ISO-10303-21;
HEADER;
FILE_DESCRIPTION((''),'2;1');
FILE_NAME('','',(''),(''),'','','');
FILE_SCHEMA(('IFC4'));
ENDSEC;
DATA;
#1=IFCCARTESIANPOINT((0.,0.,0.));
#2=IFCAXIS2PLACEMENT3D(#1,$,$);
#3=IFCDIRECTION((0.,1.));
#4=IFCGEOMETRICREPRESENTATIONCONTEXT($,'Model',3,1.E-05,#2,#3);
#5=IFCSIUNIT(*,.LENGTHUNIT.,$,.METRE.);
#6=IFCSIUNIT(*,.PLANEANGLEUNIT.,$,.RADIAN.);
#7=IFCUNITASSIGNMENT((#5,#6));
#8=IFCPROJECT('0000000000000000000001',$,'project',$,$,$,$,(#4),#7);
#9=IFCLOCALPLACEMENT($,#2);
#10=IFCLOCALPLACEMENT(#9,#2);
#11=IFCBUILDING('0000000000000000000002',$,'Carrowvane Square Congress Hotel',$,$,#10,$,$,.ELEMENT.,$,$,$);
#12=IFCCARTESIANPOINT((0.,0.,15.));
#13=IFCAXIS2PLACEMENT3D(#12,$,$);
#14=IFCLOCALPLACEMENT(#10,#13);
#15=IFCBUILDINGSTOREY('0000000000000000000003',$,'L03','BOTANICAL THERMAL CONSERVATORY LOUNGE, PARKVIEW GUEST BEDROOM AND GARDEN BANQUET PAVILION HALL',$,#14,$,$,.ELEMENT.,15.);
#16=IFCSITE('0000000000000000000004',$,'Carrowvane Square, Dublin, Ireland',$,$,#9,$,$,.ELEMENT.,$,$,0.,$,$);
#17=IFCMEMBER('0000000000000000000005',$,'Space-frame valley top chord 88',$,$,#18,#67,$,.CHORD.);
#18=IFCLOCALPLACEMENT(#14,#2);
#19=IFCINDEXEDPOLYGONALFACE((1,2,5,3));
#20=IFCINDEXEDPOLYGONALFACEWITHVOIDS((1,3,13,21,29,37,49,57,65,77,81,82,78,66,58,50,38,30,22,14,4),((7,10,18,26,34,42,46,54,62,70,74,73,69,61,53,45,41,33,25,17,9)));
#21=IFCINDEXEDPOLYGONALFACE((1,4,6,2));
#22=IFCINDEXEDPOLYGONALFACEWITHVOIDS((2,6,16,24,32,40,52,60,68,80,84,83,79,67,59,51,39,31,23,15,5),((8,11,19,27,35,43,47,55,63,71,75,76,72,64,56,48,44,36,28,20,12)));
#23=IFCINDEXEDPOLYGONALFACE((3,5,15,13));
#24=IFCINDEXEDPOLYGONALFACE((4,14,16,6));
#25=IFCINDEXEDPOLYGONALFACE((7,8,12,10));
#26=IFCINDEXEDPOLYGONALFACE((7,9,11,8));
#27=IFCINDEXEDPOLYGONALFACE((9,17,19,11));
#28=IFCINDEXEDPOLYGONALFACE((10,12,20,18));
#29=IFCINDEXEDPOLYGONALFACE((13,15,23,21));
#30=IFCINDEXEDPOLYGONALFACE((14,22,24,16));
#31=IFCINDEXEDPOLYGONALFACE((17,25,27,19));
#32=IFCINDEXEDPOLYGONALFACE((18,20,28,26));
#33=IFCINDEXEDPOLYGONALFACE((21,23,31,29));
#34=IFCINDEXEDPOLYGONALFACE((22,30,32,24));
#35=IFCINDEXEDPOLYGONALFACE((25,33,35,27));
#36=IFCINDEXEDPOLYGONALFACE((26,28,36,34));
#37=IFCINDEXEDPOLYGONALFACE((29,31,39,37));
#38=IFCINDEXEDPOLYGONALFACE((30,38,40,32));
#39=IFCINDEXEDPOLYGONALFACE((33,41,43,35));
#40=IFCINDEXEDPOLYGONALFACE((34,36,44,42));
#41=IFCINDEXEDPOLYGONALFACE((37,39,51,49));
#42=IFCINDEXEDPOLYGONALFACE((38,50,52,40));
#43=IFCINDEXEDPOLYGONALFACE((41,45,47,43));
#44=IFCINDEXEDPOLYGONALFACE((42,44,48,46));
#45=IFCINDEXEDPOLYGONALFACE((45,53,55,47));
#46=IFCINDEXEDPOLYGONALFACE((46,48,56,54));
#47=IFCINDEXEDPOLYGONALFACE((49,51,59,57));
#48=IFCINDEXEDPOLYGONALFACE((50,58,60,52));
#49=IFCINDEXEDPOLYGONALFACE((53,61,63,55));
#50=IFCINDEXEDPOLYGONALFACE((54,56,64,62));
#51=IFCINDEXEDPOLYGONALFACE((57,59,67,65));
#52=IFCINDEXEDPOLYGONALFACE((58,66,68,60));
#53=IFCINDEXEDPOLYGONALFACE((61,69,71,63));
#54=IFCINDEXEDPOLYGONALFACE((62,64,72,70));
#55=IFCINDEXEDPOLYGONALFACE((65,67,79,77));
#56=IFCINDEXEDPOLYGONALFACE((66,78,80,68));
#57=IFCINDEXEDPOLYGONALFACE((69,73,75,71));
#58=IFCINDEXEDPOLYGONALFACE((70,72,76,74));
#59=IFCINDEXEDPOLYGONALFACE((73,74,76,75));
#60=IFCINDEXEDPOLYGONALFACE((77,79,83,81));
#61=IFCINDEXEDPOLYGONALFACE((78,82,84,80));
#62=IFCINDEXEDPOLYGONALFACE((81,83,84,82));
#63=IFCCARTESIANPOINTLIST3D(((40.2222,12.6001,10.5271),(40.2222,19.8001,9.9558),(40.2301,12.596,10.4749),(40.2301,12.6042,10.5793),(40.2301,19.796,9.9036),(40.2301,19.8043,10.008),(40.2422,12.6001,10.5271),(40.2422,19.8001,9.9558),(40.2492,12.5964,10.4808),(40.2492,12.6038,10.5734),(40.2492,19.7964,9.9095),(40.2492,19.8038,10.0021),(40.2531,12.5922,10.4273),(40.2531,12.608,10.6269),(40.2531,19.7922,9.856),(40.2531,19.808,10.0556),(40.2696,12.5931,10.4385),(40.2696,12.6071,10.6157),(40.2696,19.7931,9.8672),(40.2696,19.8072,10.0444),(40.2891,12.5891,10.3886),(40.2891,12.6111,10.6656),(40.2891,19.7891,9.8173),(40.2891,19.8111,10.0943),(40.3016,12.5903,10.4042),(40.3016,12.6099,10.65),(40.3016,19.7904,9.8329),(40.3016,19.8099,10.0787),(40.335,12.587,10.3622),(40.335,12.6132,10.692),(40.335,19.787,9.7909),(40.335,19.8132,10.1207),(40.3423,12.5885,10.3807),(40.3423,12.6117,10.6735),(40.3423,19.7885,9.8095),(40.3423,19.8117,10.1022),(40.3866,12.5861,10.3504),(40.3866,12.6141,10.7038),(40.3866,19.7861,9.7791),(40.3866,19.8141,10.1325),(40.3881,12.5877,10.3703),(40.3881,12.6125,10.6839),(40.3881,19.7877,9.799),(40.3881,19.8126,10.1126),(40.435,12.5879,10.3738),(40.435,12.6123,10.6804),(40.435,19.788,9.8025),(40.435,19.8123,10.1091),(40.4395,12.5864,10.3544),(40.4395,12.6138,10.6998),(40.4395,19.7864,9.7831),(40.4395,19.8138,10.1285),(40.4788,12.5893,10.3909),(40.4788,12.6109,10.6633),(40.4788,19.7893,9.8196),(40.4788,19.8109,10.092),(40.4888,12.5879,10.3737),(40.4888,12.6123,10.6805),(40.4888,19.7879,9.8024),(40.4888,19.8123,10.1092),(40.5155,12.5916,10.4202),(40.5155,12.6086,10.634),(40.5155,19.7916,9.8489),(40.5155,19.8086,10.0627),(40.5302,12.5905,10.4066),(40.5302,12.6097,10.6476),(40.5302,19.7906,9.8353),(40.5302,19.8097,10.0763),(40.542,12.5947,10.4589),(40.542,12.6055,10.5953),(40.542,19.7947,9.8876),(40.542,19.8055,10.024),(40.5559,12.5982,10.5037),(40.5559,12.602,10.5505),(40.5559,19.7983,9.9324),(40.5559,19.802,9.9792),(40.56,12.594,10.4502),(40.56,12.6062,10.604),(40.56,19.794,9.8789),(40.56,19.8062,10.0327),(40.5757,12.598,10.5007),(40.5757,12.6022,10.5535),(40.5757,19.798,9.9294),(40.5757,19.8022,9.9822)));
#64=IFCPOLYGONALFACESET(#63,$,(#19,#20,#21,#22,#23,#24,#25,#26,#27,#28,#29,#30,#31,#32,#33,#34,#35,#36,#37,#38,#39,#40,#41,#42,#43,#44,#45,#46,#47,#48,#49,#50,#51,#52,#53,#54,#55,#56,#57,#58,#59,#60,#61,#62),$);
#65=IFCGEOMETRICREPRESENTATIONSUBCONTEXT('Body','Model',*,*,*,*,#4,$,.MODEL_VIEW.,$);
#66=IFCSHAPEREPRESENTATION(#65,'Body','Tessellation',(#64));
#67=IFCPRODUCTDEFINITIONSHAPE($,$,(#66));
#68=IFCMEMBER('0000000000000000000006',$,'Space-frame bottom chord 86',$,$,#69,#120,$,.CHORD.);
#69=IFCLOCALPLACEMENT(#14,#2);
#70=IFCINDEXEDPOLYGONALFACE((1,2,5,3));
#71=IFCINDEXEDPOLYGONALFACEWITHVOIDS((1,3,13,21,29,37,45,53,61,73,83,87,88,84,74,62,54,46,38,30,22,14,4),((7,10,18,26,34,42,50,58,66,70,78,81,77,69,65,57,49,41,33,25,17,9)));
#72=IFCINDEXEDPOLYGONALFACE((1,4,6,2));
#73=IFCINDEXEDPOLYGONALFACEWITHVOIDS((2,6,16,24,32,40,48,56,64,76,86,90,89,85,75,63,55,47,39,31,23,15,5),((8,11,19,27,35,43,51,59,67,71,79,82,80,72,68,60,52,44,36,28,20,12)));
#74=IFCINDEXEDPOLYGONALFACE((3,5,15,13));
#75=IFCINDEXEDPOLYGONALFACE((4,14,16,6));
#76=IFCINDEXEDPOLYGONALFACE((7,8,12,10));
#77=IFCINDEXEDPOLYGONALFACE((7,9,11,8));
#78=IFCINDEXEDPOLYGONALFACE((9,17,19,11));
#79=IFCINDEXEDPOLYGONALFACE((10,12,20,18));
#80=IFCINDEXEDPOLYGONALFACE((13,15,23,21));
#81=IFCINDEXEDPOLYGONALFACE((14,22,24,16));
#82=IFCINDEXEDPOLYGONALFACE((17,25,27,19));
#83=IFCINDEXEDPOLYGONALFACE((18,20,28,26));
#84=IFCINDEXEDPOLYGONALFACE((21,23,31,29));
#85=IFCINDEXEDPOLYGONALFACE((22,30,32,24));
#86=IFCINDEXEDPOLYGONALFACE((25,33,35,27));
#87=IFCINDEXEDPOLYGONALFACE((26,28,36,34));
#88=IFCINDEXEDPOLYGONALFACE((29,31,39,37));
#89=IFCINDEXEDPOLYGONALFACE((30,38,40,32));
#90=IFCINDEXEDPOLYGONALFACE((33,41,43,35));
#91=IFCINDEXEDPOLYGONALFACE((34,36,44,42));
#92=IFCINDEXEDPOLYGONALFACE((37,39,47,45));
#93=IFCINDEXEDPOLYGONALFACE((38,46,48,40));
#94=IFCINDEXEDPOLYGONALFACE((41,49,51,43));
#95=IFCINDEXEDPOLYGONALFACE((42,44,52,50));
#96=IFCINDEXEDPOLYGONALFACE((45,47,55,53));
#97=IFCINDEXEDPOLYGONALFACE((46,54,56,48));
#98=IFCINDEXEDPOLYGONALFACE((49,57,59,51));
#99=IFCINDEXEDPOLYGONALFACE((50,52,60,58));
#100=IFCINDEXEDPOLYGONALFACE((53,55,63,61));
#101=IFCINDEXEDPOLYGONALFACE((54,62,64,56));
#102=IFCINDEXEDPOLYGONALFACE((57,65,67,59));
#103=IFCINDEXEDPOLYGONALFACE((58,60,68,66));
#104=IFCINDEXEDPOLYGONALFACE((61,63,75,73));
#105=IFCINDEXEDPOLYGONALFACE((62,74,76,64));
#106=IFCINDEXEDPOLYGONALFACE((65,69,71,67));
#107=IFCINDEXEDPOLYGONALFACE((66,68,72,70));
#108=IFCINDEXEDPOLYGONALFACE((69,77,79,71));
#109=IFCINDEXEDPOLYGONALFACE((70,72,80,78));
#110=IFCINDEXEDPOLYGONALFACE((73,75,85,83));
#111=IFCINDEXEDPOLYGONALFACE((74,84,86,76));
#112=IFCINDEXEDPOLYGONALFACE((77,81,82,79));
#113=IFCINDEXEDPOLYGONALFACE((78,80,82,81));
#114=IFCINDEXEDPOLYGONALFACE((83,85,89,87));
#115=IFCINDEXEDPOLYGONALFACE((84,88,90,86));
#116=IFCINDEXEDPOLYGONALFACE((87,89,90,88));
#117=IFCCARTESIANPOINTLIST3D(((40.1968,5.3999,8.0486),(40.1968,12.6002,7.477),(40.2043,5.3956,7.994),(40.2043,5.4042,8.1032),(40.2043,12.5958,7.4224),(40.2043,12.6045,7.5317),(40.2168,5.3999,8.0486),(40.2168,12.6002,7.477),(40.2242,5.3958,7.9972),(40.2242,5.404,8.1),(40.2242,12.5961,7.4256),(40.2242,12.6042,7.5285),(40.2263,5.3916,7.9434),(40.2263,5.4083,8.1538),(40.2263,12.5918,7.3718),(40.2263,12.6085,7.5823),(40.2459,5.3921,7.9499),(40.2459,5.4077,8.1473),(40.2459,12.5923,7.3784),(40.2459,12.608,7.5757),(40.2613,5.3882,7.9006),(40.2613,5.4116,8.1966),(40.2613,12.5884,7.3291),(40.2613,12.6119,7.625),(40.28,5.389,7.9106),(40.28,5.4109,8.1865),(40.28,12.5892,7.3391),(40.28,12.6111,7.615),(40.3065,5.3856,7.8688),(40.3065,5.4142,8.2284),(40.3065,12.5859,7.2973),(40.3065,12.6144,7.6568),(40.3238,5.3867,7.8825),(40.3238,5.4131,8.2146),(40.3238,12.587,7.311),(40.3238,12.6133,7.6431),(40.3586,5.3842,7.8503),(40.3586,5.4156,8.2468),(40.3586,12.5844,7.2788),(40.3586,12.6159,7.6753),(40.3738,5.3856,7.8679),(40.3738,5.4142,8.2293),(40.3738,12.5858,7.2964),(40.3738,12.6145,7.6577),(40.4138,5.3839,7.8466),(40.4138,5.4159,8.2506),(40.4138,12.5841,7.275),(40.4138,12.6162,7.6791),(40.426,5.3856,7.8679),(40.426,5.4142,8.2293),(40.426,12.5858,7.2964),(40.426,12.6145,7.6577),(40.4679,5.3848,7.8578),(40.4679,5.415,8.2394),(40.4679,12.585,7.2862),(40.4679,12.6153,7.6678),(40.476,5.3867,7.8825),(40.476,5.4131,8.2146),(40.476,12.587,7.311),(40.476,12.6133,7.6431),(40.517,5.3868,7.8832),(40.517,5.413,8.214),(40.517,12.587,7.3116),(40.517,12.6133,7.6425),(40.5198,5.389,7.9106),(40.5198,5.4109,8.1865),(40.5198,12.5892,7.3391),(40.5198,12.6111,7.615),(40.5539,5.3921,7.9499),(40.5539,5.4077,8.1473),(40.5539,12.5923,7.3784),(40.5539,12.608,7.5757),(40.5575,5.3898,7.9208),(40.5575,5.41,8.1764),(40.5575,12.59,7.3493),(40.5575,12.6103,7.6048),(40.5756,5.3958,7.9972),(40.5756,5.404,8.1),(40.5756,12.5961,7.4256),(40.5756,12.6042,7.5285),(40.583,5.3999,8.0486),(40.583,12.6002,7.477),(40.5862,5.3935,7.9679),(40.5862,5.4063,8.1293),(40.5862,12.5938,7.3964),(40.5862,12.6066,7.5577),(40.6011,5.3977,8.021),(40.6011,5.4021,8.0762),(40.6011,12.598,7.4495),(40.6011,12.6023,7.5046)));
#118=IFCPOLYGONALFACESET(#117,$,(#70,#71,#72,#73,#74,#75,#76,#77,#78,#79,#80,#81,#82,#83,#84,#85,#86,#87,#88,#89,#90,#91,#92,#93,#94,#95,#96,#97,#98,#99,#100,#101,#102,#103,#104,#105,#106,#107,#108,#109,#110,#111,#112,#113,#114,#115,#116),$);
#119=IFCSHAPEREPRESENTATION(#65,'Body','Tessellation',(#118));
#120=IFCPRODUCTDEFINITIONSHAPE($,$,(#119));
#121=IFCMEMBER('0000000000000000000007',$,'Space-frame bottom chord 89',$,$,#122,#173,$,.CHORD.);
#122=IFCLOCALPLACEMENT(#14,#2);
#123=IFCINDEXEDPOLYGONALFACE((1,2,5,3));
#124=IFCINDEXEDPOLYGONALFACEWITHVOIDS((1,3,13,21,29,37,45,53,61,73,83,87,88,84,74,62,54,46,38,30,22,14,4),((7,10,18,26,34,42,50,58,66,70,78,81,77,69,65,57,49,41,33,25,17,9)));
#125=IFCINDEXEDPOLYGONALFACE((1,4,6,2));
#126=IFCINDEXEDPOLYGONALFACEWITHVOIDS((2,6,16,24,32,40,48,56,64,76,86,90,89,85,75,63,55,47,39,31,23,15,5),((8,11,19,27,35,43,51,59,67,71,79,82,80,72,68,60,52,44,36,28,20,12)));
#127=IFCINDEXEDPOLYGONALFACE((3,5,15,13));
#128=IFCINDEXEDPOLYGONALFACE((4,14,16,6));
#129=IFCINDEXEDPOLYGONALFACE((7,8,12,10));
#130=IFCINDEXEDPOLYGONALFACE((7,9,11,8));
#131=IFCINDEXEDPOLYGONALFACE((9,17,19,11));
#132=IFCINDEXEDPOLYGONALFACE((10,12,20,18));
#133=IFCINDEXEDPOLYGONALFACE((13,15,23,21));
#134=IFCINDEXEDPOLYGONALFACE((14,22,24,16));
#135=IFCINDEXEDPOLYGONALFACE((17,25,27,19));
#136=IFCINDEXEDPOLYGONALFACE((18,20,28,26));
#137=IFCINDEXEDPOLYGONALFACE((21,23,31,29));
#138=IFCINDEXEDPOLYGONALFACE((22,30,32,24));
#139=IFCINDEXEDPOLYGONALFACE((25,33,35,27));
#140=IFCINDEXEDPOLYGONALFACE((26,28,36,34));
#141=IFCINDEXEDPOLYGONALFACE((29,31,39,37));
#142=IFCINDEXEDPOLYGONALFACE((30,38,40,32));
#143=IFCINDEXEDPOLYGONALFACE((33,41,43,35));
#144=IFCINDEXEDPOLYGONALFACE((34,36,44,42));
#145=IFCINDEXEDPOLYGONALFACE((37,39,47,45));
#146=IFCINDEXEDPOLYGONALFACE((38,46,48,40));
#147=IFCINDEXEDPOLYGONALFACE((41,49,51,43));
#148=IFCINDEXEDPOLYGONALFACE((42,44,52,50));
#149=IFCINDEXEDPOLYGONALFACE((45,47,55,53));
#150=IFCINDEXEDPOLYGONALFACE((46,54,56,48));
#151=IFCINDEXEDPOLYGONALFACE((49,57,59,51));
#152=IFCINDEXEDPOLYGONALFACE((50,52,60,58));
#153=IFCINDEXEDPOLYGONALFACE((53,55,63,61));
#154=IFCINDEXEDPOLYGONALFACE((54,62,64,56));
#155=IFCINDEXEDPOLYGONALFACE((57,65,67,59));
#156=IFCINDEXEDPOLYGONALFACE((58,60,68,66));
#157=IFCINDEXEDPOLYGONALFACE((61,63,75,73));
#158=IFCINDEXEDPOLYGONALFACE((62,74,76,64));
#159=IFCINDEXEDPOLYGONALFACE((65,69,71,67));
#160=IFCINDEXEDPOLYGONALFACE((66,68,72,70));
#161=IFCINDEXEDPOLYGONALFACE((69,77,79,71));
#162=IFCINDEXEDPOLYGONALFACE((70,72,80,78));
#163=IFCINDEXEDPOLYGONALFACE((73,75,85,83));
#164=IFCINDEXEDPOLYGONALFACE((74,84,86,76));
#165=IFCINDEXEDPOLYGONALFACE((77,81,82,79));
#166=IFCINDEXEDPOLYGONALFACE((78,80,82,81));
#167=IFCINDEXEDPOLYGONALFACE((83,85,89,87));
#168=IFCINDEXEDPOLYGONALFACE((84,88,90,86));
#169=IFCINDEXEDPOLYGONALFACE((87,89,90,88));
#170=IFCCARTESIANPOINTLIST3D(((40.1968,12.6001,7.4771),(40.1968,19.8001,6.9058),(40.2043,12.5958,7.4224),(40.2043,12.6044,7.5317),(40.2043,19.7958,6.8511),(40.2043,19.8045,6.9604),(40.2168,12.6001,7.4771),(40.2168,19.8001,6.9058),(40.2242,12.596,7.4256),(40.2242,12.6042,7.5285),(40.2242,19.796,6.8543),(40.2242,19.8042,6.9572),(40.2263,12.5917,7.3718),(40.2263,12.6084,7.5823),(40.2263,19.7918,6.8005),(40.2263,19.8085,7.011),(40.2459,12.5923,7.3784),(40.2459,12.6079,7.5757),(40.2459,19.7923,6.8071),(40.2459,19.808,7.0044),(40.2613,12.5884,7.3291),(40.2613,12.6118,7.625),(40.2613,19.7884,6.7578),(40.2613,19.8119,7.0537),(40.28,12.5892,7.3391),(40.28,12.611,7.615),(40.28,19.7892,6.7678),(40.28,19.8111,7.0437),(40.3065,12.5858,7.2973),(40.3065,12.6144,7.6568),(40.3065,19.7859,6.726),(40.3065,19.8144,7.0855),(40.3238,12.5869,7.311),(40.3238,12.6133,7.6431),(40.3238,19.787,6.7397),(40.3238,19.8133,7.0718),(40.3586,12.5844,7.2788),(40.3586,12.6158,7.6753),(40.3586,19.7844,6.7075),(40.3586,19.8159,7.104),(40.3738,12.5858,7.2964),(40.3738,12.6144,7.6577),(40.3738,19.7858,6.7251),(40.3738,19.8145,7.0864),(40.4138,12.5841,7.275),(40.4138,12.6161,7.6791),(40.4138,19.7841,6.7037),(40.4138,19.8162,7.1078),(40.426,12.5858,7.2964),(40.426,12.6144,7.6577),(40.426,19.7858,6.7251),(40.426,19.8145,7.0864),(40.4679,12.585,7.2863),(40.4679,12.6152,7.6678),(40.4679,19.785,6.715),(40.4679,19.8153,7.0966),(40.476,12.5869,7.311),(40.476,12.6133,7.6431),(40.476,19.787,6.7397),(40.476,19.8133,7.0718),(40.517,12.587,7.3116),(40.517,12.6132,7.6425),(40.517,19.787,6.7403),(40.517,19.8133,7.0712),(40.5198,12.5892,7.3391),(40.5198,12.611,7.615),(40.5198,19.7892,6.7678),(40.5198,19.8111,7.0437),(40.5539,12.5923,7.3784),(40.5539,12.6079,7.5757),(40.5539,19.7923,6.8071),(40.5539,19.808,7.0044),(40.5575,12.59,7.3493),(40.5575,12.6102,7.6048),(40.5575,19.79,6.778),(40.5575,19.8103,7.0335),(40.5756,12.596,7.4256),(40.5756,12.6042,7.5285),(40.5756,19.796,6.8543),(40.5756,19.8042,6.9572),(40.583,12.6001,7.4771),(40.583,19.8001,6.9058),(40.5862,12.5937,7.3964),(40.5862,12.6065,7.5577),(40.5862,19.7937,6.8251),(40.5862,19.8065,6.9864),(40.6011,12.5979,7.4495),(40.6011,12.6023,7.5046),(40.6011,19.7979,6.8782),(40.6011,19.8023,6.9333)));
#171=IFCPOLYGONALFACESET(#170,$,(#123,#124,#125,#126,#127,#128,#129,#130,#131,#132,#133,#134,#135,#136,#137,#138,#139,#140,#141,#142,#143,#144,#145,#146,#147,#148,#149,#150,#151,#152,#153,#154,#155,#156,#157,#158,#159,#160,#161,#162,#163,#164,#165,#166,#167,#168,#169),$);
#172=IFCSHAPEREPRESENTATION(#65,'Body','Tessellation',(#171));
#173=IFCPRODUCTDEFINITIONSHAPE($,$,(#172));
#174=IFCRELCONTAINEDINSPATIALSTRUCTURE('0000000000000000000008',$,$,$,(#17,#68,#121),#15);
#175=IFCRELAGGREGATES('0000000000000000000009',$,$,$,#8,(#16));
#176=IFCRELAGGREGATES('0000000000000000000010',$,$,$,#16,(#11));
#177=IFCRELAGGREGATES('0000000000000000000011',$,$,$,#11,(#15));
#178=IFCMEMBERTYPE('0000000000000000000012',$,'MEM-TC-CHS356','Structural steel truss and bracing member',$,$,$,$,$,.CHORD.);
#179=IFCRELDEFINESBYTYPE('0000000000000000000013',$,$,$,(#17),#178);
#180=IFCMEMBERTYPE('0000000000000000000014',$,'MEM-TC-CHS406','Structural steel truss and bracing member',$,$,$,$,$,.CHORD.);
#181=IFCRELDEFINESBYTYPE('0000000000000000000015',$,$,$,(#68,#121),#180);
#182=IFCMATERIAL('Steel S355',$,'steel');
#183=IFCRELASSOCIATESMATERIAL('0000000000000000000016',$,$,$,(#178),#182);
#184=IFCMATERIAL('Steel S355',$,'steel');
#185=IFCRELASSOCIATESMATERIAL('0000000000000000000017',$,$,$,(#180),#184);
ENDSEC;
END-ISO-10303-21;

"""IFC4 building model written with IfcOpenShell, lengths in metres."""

from ifc_helpers import new_model, si_unit, direction, frame, origin, origin_2d, place, context, subcontext, project, spatial, hollow_circle, extrude, material, material_profile, profile_set, type_object, element, save


model = new_model("IFC4")

# Units and contexts
model_context = context("Model", 3, precision=1e-05, world=origin(), true_north=direction((0.0, 1.0)))
body_context = subcontext(model_context, "Body", "Model", "MODEL_VIEW")
ifc_project = project(units=[si_unit("LENGTHUNIT", "METRE"), si_unit("PLANEANGLEUNIT", "RADIAN")], contexts=[model_context])

# Site, building, storey
site_placement = place(None, origin())
site = spatial("IfcSite", under=ifc_project, at=site_placement, Name="Carrowvane Square, Dublin, Ireland", CompositionType="ELEMENT", RefElevation=0.0)
building_placement = place(site_placement, origin())
building = spatial("IfcBuilding", under=site, at=building_placement, Name="Carrowvane Square Congress Hotel", CompositionType="ELEMENT")
storey_placement = place(building_placement, frame((0.0, 0.0, 15.0)))
storey = spatial("IfcBuildingStorey", under=building, at=storey_placement, Name="L03", Description="BOTANICAL THERMAL CONSERVATORY LOUNGE, PARKVIEW GUEST BEDROOM AND GARDEN BANQUET PAVILION HALL", CompositionType="ELEMENT", Elevation=15.0)

# Members
ifc_material_1 = material(Name="Steel S355", Category="steel")
ifc_material_profile_1 = material_profile(ifc_material_1, hollow_circle(Radius=0.1777, WallThickness=0.02, at=origin_2d()), Name="CHS 355.6x20")
ifc_profile_set_1 = profile_set([ifc_material_profile_1], Name="Steel S355")
member_type_1 = type_object("IfcMemberType", Name="MEM-TC-CHS356", Description="Structural steel truss and bracing member", PredefinedType="CHORD", material=ifc_profile_set_1)
member_1_placement = place(storey_placement, frame((40.3999, 12.6001, 10.5271), z_axis=(0.0, 0.996867, -0.079098), x_axis=(-1.0, 0.0, 0.0)))
element("IfcMember", 1, at=member_1_placement, inside=storey, type_object=member_type_1, Name="Space-frame valley top chord 88", PredefinedType="CHORD", context=body_context, shape_type="SweptSolid", body=[
    extrude(hollow_circle(Radius=0.1777, WallThickness=0.02, at=origin_2d()), origin(), (0.0, 0.0, 1.0), 7.2227),
])
ifc_material_2 = material(Name="Steel S355", Category="steel")
ifc_material_profile_2 = material_profile(ifc_material_2, hollow_circle(Radius=0.2031, WallThickness=0.02, at=origin_2d()), Name="CHS 406.4x20")
ifc_profile_set_2 = profile_set([ifc_material_profile_2], Name="Steel S355")
member_type_2 = type_object("IfcMemberType", Name="MEM-TC-CHS406", Description="Structural steel truss and bracing member", PredefinedType="CHORD", material=ifc_profile_set_2)
member_2_placement = place(storey_placement, frame((40.3999, 5.3999, 8.0486), z_axis=(0.0, 0.996864, -0.079129), x_axis=(-1.0, 0.0, 0.0)))
element("IfcMember", 2, at=member_2_placement, inside=storey, type_object=member_type_2, Name="Space-frame bottom chord 86", PredefinedType="CHORD", context=body_context, shape_type="SweptSolid", body=[
    extrude(hollow_circle(Radius=0.2031, WallThickness=0.02, at=origin_2d()), origin(), (0.0, 0.0, 1.0), 7.2229),
])
member_3_placement = place(storey_placement, frame((40.3999, 12.6001, 7.4771), z_axis=(0.0, 0.996867, -0.079098), x_axis=(-1.0, 0.0, 0.0)))
element("IfcMember", 3, at=member_3_placement, inside=storey, type_object=member_type_2, Name="Space-frame bottom chord 89", PredefinedType="CHORD", context=body_context, shape_type="SweptSolid", body=[
    extrude(hollow_circle(Radius=0.2031, WallThickness=0.02, at=origin_2d()), origin(), (0.0, 0.0, 1.0), 7.2227),
])

save(model, "model.ifc")
